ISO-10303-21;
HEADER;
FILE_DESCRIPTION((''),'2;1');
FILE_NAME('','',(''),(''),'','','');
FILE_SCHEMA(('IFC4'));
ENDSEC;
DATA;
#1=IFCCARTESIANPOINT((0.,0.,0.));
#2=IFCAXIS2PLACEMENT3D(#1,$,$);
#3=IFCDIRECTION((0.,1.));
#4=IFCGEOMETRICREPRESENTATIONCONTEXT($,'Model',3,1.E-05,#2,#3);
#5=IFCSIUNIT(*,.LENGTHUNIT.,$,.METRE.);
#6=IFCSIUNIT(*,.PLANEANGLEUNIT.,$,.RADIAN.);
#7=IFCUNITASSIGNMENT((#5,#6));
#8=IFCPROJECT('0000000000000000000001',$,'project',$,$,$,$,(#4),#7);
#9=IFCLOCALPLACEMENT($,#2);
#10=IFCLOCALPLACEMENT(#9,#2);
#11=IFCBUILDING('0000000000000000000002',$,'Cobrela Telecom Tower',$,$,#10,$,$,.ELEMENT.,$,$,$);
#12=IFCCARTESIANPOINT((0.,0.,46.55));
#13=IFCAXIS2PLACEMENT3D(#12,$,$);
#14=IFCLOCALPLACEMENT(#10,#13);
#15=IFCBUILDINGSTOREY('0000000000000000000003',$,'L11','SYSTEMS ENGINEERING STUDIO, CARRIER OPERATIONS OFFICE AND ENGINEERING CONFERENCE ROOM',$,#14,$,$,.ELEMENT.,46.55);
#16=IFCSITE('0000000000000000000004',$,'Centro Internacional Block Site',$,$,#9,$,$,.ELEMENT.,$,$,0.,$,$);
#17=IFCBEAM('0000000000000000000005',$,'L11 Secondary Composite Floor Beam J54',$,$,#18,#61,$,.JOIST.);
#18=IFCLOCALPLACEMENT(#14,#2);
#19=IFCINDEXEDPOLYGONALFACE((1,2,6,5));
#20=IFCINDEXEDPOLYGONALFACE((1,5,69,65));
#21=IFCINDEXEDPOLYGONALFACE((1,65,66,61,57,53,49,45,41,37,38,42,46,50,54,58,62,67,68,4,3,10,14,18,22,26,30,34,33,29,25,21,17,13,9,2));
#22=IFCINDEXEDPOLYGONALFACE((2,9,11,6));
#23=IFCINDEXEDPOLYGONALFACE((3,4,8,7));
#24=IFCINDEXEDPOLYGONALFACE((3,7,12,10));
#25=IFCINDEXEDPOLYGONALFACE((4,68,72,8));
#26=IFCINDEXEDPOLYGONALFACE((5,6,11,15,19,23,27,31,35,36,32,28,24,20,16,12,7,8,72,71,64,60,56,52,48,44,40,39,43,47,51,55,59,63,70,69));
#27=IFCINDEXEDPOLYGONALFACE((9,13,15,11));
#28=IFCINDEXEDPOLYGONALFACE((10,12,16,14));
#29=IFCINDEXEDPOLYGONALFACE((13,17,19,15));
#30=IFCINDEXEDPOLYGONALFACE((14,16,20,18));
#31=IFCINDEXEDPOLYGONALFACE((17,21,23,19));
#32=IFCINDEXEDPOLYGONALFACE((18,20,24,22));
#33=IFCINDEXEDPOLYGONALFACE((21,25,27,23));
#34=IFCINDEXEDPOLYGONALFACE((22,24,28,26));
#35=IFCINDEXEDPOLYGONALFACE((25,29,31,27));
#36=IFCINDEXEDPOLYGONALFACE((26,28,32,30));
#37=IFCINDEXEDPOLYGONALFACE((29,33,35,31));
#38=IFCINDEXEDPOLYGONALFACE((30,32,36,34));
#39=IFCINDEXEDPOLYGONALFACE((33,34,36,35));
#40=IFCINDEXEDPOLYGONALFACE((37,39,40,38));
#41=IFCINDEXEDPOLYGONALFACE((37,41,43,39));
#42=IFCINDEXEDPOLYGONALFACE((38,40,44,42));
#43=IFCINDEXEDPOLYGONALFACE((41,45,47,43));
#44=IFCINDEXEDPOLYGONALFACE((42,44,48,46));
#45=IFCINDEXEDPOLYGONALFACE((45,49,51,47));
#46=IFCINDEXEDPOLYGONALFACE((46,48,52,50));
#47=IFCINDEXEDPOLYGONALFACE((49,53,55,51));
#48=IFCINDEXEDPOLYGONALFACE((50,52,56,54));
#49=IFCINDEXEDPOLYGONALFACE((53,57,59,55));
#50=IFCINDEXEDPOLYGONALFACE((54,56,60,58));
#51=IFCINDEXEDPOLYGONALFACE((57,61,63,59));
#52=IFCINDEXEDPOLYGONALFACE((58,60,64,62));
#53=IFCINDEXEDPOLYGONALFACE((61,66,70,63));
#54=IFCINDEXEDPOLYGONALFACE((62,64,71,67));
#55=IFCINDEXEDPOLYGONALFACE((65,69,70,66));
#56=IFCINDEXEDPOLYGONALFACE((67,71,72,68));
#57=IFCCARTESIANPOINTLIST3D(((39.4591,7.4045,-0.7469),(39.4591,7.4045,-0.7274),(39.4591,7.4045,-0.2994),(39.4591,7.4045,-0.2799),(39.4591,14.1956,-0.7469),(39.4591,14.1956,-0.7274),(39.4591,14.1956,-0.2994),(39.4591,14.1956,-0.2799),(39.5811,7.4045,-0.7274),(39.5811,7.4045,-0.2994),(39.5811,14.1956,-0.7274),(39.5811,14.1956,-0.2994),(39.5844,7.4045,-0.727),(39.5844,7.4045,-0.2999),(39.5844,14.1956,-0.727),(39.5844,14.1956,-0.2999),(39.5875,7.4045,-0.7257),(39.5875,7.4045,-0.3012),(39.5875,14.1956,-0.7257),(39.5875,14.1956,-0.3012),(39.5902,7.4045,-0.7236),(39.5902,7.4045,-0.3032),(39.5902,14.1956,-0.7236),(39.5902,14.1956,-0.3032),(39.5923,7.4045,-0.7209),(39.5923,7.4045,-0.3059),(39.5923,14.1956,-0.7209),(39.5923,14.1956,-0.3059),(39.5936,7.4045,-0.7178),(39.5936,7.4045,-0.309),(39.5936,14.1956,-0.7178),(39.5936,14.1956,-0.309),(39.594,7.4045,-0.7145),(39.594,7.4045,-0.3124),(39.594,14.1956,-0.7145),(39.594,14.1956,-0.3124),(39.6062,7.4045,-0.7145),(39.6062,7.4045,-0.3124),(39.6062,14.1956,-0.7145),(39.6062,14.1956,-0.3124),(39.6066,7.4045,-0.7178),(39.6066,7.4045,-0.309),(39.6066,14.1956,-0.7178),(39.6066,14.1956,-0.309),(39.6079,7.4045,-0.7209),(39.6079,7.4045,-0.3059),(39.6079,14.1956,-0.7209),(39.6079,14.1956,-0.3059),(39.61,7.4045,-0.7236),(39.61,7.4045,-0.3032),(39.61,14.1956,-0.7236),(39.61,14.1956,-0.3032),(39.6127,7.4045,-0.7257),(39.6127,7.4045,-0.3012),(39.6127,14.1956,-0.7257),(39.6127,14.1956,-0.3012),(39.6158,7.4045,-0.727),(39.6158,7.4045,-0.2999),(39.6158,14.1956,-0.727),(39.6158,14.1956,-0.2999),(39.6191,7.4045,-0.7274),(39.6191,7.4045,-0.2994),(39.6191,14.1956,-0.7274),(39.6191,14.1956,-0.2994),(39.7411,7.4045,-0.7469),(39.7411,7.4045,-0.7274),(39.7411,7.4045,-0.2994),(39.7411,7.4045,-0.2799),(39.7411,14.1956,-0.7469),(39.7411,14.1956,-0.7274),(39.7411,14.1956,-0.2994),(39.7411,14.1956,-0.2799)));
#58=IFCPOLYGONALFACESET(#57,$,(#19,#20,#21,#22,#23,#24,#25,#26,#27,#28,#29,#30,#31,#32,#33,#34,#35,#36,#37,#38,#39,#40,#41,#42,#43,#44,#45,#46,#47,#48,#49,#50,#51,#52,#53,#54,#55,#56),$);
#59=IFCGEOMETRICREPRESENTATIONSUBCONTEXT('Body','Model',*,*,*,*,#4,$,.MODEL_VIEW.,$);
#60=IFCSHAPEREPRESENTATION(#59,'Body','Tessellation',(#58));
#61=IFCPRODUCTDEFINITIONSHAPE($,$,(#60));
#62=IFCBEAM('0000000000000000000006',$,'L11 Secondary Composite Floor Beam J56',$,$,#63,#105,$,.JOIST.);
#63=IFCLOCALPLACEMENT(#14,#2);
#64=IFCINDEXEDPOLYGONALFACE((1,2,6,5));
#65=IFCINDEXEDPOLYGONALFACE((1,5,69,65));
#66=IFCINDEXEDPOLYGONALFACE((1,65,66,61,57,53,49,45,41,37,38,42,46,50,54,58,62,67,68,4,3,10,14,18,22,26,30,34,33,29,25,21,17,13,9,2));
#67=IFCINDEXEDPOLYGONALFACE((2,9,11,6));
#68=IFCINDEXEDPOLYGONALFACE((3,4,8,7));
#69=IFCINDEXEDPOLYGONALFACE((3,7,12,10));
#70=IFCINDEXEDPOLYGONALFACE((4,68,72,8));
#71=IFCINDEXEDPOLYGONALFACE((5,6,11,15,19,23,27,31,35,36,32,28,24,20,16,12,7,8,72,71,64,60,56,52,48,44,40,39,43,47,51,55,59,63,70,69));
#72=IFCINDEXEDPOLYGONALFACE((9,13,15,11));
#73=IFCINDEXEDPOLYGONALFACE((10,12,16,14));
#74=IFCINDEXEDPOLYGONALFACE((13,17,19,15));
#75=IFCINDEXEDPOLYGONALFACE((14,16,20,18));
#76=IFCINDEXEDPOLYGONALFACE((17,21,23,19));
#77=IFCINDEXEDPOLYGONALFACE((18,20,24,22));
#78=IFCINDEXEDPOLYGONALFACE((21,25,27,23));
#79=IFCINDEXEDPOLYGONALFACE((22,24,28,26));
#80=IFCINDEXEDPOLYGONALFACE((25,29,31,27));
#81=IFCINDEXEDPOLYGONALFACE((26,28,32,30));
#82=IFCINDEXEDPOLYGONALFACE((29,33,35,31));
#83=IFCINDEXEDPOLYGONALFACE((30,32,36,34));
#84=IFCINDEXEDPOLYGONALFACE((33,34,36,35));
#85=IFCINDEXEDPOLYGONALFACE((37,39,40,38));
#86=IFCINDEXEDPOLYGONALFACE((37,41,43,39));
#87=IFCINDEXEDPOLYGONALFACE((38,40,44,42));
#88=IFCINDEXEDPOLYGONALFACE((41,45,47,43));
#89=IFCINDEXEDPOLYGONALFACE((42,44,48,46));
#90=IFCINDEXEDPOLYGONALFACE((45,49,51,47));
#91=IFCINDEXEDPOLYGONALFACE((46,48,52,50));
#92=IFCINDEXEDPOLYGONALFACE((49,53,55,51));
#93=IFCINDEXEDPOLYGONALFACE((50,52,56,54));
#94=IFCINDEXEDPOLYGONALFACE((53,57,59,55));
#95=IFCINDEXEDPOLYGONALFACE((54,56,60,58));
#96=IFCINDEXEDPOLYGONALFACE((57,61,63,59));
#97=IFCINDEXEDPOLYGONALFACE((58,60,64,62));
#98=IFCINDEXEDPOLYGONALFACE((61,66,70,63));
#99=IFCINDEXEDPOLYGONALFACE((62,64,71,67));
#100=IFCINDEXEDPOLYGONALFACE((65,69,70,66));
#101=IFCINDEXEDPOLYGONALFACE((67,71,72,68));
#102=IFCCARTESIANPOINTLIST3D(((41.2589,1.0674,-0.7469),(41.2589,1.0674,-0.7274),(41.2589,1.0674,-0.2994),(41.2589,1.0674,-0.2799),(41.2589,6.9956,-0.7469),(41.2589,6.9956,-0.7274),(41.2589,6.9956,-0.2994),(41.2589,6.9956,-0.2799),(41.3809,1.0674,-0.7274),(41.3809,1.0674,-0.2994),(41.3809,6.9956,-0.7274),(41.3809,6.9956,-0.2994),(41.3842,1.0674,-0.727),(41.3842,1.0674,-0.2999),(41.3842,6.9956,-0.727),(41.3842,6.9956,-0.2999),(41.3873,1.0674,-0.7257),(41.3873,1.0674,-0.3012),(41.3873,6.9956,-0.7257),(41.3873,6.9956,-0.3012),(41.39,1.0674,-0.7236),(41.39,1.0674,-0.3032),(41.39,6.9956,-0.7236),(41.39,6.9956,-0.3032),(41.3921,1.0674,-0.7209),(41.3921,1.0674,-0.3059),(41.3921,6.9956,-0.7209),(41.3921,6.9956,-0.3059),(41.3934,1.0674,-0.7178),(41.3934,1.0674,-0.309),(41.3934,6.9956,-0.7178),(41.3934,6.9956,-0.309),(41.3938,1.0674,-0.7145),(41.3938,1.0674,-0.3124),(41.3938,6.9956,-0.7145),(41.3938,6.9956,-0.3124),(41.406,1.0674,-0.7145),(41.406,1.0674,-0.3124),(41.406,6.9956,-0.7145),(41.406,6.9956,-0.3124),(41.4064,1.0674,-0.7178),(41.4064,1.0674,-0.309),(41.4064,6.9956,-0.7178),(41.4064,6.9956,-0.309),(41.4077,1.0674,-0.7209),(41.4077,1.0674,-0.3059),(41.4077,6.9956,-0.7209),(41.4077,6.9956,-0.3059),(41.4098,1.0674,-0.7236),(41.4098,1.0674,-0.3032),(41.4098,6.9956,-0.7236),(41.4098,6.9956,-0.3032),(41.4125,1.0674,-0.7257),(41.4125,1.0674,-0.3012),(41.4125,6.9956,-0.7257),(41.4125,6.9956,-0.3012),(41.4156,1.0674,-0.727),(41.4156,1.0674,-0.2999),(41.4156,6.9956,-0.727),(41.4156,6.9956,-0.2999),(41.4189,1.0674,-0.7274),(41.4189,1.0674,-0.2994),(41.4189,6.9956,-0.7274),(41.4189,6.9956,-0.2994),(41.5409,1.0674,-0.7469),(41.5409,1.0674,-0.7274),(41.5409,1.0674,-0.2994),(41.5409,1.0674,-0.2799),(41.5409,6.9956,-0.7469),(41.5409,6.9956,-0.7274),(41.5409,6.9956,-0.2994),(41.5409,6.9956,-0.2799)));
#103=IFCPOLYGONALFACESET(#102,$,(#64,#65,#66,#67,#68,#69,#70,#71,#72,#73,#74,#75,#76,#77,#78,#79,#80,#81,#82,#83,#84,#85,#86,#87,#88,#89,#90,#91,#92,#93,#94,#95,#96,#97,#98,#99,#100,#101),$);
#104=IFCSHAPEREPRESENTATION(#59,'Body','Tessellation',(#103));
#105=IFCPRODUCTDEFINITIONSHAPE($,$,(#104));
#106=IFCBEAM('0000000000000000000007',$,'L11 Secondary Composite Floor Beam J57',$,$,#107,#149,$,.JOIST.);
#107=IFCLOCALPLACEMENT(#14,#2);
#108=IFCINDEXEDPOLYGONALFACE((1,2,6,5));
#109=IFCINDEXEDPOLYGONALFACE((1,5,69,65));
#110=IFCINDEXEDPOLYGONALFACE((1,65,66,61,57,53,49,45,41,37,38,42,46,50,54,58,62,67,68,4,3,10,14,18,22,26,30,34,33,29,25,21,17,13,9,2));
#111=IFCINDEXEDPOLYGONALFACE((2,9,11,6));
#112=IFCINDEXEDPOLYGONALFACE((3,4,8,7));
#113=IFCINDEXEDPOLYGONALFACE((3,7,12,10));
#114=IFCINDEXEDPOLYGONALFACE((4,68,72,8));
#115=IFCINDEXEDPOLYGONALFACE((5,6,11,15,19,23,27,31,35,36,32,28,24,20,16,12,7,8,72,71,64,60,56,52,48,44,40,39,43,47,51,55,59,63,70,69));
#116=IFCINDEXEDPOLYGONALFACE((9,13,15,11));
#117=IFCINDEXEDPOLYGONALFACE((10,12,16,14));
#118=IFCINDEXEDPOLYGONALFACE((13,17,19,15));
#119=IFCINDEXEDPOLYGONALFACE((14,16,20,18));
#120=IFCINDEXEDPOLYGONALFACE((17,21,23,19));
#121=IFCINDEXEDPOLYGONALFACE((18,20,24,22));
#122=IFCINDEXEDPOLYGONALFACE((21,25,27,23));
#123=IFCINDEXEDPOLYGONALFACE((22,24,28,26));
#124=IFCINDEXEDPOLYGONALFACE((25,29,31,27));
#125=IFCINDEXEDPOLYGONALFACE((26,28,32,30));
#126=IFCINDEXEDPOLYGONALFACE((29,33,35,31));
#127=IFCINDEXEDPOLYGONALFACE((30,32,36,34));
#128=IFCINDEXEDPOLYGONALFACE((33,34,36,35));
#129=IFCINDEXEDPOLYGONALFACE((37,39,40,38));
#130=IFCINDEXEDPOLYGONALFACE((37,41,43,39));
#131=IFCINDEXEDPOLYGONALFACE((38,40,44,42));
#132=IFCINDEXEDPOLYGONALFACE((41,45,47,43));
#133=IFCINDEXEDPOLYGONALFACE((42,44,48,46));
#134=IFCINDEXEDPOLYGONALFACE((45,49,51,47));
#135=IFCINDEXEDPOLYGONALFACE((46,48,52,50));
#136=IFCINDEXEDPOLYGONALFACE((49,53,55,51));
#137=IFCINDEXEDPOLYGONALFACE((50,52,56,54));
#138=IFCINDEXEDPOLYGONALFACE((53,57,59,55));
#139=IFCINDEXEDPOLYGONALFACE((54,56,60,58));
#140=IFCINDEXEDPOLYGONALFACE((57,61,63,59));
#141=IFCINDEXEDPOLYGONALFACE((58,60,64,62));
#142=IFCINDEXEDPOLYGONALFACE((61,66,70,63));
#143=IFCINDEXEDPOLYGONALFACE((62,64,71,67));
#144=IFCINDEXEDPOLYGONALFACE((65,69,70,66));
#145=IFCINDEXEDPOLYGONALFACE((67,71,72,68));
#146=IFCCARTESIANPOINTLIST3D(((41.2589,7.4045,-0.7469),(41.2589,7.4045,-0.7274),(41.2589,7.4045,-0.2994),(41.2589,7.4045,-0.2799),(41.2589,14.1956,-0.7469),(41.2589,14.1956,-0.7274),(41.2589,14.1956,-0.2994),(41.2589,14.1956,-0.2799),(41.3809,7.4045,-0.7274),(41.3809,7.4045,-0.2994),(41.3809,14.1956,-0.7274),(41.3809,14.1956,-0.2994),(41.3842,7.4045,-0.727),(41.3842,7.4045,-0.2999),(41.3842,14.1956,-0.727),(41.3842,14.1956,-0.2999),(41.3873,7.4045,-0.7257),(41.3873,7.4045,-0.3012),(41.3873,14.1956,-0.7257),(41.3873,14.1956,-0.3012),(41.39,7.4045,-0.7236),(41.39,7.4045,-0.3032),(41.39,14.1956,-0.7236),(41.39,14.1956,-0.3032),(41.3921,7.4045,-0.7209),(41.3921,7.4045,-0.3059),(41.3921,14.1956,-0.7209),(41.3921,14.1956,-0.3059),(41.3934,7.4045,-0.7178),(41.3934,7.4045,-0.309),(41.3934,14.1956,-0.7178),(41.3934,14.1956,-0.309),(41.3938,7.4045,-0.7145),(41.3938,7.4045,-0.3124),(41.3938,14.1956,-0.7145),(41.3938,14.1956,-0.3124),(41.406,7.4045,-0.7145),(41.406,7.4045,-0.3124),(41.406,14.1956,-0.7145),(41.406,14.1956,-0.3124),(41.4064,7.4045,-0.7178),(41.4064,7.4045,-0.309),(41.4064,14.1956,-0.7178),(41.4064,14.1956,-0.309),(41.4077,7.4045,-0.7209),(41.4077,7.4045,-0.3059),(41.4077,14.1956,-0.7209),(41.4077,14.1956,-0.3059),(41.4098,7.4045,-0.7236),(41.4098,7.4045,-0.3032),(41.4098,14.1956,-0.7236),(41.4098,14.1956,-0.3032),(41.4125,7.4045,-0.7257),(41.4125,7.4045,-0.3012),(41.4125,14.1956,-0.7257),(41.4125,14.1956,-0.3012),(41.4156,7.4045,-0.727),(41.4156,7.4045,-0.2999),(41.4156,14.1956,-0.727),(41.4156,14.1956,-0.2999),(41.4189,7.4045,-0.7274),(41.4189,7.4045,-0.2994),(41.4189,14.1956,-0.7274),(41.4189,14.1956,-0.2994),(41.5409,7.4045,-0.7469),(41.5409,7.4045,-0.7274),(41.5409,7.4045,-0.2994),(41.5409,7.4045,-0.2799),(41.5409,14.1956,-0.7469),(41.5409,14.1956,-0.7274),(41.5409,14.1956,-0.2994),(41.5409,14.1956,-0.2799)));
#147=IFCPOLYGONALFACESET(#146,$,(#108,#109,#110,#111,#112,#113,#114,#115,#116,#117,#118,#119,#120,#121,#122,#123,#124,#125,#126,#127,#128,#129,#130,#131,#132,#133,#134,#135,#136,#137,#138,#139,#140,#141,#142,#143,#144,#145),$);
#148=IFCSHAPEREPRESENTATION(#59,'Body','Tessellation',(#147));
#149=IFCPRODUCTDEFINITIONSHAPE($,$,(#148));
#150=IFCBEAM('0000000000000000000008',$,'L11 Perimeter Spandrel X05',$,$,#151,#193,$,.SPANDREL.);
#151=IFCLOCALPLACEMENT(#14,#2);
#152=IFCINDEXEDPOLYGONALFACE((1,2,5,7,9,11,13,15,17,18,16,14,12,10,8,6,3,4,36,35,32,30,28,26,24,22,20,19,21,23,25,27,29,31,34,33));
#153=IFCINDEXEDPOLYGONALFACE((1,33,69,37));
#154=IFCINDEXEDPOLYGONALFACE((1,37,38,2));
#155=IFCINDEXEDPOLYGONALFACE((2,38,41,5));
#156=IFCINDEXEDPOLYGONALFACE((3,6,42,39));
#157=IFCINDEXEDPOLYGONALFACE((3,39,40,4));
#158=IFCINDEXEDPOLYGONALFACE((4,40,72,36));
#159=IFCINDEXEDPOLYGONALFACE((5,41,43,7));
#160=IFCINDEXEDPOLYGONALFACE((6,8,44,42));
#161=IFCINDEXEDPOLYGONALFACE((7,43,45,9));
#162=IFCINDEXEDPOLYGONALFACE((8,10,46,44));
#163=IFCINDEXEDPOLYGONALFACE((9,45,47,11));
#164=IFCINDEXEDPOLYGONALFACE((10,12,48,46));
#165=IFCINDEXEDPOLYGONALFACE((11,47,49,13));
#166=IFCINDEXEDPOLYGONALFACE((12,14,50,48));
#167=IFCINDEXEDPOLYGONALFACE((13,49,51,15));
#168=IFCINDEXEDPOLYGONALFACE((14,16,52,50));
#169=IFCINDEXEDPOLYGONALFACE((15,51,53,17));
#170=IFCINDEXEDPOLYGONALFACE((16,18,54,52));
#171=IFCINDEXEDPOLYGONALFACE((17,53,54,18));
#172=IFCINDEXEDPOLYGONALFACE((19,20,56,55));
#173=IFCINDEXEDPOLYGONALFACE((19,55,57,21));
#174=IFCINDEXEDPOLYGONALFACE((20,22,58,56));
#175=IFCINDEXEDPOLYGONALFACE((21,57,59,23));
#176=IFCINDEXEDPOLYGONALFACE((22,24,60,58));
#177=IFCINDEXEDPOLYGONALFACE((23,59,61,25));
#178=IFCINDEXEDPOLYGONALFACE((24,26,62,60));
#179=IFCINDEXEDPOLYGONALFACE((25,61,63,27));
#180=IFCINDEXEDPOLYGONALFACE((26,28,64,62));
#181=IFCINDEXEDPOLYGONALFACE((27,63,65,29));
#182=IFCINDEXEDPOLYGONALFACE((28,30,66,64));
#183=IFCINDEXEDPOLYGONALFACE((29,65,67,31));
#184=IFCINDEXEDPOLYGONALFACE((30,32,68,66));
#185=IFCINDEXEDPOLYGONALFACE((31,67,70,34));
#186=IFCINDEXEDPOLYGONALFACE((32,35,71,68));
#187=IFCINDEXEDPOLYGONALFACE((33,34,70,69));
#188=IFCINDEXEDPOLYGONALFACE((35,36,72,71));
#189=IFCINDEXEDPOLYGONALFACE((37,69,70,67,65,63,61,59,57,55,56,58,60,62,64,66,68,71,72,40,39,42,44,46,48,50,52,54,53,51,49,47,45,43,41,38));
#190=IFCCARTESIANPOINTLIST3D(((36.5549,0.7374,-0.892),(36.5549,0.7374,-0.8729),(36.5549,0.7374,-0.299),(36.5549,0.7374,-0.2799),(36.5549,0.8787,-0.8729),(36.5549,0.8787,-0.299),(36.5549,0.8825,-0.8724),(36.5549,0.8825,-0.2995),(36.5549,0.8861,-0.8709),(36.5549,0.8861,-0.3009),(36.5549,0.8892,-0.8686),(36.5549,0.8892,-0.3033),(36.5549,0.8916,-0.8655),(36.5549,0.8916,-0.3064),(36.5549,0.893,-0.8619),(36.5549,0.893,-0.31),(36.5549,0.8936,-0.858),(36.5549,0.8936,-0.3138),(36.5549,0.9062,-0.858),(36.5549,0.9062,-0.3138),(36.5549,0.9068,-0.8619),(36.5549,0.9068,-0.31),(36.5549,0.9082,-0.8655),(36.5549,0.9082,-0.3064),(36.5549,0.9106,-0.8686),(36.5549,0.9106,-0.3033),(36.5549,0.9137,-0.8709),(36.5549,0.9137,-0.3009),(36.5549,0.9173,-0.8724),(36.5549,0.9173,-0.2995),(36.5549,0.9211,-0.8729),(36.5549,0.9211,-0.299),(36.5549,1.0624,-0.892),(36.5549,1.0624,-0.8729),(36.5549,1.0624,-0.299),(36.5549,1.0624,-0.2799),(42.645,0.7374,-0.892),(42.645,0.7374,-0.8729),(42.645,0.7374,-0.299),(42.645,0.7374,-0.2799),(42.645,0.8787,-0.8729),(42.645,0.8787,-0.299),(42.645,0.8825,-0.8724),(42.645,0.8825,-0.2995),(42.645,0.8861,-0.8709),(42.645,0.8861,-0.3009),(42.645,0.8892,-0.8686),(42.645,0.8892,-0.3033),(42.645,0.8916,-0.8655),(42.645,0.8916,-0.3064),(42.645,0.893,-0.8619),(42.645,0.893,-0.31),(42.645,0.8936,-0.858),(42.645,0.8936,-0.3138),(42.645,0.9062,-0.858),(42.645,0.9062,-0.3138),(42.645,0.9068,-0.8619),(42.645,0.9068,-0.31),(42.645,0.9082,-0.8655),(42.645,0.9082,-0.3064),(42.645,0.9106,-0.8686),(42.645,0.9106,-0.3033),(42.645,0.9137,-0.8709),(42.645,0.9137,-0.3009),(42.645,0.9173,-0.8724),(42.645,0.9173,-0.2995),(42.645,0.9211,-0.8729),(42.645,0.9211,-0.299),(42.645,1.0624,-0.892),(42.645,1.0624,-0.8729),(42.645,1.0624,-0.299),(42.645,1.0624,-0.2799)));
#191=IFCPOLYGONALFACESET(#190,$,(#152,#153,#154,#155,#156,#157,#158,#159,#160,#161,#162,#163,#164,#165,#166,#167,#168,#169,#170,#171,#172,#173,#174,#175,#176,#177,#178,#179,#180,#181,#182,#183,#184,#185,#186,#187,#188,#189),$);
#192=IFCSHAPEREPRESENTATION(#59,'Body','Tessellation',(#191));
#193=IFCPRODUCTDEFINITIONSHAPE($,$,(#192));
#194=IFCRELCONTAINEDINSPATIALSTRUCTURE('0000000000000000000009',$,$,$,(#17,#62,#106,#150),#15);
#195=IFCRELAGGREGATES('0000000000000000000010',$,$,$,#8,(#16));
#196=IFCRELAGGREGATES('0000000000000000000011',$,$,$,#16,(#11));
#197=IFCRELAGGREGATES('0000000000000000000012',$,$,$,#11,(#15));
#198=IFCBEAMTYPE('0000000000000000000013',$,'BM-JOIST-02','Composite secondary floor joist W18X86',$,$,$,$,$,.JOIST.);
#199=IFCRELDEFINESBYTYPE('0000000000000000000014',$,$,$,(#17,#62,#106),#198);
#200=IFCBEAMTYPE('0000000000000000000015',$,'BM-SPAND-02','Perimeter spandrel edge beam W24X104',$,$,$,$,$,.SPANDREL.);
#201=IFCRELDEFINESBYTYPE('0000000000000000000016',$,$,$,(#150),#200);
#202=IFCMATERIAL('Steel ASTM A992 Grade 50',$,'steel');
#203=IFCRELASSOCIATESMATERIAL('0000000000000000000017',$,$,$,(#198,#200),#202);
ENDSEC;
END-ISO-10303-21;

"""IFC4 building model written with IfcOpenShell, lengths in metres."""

from ifc_helpers import new_model, si_unit, direction, frame, origin, origin_2d, place, context, subcontext, project, spatial, i_section, extrude, material, material_profile, profile_set, type_object, element, save


model = new_model("IFC4")

# Units and contexts
model_context = context("Model", 3, precision=1e-05, world=origin(), true_north=direction((0.0, 1.0)))
body_context = subcontext(model_context, "Body", "Model", "MODEL_VIEW")
ifc_project = project(units=[si_unit("LENGTHUNIT", "METRE"), si_unit("PLANEANGLEUNIT", "RADIAN")], contexts=[model_context])

# Site, building, storey
site_placement = place(None, origin())
site = spatial("IfcSite", under=ifc_project, at=site_placement, Name="Centro Internacional Block Site", CompositionType="ELEMENT", RefElevation=0.0)
building_placement = place(site_placement, origin())
building = spatial("IfcBuilding", under=site, at=building_placement, Name="Cobrela Telecom Tower", CompositionType="ELEMENT")
storey_placement = place(building_placement, frame((0.0, 0.0, 46.55)))
storey = spatial("IfcBuildingStorey", under=building, at=storey_placement, Name="L11", Description="SYSTEMS ENGINEERING STUDIO, CARRIER OPERATIONS OFFICE AND ENGINEERING CONFERENCE ROOM", CompositionType="ELEMENT", Elevation=46.55)

# Shared definitions
ifc_material_1 = material(Name="Steel ASTM A992 Grade 50", Category="steel")

# Beams
ifc_material_profile_1 = material_profile(ifc_material_1, i_section(OverallWidth=0.282, OverallDepth=0.467, WebThickness=0.0122, FlangeThickness=0.0195, FilletRadius=0.0129, at=origin_2d()), Name="W18X86")
ifc_profile_set_1 = profile_set([ifc_material_profile_1], Name="Steel ASTM A992 Grade 50")
beam_type_1 = type_object("IfcBeamType", Name="BM-JOIST-02", Description="Composite secondary floor joist W18X86", PredefinedType="JOIST", material=ifc_profile_set_1)
beam_1_placement = place(storey_placement, frame((39.6001, 7.4045, -0.5134), z_axis=(0.0, 1.0, 0.0), x_axis=(-1.0, 0.0, 0.0)))
element("IfcBeam", 1, at=beam_1_placement, inside=storey, type_object=beam_type_1, Name="L11 Secondary Composite Floor Beam J54", PredefinedType="JOIST", context=body_context, shape_type="SweptSolid", body=[
    extrude(i_section(OverallWidth=0.282, OverallDepth=0.467, WebThickness=0.0122, FlangeThickness=0.0195, FilletRadius=0.0129, at=origin_2d()), origin(), (0.0, 0.0, 1.0), 6.791),
])
beam_2_placement = place(storey_placement, frame((41.3999, 1.0674, -0.5134), z_axis=(0.0, 1.0, 0.0), x_axis=(-1.0, 0.0, 0.0)))
element("IfcBeam", 2, at=beam_2_placement, inside=storey, type_object=beam_type_1, Name="L11 Secondary Composite Floor Beam J56", PredefinedType="JOIST", context=body_context, shape_type="SweptSolid", body=[
    extrude(i_section(OverallWidth=0.282, OverallDepth=0.467, WebThickness=0.0122, FlangeThickness=0.0195, FilletRadius=0.0129, at=origin_2d()), origin(), (0.0, 0.0, 1.0), 5.9282),
])
beam_3_placement = place(storey_placement, frame((41.3999, 7.4045, -0.5134), z_axis=(0.0, 1.0, 0.0), x_axis=(-1.0, 0.0, 0.0)))
element("IfcBeam", 3, at=beam_3_placement, inside=storey, type_object=beam_type_1, Name="L11 Secondary Composite Floor Beam J57", PredefinedType="JOIST", context=body_context, shape_type="SweptSolid", body=[
    extrude(i_section(OverallWidth=0.282, OverallDepth=0.467, WebThickness=0.0122, FlangeThickness=0.0195, FilletRadius=0.0129, at=origin_2d()), origin(), (0.0, 0.0, 1.0), 6.791),
])
ifc_material_profile_2 = material_profile(ifc_material_1, i_section(OverallWidth=0.325, OverallDepth=0.6121, WebThickness=0.0127, FlangeThickness=0.019, FilletRadius=0.0149, at=origin_2d()), Name="W24X104")
ifc_profile_set_2 = profile_set([ifc_material_profile_2], Name="Steel ASTM A992 Grade 50")
beam_type_2 = type_object("IfcBeamType", Name="BM-SPAND-02", Description="Perimeter spandrel edge beam W24X104", PredefinedType="SPANDREL", material=ifc_profile_set_2)
beam_4_placement = place(storey_placement, frame((36.5549, 0.8999, -0.5859), z_axis=(1.0, 0.0, 0.0), x_axis=(0.0, 1.0, 0.0)))
element("IfcBeam", 4, at=beam_4_placement, inside=storey, type_object=beam_type_2, Name="L11 Perimeter Spandrel X05", PredefinedType="SPANDREL", context=body_context, shape_type="SweptSolid", body=[
    extrude(i_section(OverallWidth=0.325, OverallDepth=0.6121, WebThickness=0.0127, FlangeThickness=0.019, FilletRadius=0.0149, at=origin_2d()), origin(), (0.0, 0.0, 1.0), 6.0901),
])

save(model, "model.ifc")
